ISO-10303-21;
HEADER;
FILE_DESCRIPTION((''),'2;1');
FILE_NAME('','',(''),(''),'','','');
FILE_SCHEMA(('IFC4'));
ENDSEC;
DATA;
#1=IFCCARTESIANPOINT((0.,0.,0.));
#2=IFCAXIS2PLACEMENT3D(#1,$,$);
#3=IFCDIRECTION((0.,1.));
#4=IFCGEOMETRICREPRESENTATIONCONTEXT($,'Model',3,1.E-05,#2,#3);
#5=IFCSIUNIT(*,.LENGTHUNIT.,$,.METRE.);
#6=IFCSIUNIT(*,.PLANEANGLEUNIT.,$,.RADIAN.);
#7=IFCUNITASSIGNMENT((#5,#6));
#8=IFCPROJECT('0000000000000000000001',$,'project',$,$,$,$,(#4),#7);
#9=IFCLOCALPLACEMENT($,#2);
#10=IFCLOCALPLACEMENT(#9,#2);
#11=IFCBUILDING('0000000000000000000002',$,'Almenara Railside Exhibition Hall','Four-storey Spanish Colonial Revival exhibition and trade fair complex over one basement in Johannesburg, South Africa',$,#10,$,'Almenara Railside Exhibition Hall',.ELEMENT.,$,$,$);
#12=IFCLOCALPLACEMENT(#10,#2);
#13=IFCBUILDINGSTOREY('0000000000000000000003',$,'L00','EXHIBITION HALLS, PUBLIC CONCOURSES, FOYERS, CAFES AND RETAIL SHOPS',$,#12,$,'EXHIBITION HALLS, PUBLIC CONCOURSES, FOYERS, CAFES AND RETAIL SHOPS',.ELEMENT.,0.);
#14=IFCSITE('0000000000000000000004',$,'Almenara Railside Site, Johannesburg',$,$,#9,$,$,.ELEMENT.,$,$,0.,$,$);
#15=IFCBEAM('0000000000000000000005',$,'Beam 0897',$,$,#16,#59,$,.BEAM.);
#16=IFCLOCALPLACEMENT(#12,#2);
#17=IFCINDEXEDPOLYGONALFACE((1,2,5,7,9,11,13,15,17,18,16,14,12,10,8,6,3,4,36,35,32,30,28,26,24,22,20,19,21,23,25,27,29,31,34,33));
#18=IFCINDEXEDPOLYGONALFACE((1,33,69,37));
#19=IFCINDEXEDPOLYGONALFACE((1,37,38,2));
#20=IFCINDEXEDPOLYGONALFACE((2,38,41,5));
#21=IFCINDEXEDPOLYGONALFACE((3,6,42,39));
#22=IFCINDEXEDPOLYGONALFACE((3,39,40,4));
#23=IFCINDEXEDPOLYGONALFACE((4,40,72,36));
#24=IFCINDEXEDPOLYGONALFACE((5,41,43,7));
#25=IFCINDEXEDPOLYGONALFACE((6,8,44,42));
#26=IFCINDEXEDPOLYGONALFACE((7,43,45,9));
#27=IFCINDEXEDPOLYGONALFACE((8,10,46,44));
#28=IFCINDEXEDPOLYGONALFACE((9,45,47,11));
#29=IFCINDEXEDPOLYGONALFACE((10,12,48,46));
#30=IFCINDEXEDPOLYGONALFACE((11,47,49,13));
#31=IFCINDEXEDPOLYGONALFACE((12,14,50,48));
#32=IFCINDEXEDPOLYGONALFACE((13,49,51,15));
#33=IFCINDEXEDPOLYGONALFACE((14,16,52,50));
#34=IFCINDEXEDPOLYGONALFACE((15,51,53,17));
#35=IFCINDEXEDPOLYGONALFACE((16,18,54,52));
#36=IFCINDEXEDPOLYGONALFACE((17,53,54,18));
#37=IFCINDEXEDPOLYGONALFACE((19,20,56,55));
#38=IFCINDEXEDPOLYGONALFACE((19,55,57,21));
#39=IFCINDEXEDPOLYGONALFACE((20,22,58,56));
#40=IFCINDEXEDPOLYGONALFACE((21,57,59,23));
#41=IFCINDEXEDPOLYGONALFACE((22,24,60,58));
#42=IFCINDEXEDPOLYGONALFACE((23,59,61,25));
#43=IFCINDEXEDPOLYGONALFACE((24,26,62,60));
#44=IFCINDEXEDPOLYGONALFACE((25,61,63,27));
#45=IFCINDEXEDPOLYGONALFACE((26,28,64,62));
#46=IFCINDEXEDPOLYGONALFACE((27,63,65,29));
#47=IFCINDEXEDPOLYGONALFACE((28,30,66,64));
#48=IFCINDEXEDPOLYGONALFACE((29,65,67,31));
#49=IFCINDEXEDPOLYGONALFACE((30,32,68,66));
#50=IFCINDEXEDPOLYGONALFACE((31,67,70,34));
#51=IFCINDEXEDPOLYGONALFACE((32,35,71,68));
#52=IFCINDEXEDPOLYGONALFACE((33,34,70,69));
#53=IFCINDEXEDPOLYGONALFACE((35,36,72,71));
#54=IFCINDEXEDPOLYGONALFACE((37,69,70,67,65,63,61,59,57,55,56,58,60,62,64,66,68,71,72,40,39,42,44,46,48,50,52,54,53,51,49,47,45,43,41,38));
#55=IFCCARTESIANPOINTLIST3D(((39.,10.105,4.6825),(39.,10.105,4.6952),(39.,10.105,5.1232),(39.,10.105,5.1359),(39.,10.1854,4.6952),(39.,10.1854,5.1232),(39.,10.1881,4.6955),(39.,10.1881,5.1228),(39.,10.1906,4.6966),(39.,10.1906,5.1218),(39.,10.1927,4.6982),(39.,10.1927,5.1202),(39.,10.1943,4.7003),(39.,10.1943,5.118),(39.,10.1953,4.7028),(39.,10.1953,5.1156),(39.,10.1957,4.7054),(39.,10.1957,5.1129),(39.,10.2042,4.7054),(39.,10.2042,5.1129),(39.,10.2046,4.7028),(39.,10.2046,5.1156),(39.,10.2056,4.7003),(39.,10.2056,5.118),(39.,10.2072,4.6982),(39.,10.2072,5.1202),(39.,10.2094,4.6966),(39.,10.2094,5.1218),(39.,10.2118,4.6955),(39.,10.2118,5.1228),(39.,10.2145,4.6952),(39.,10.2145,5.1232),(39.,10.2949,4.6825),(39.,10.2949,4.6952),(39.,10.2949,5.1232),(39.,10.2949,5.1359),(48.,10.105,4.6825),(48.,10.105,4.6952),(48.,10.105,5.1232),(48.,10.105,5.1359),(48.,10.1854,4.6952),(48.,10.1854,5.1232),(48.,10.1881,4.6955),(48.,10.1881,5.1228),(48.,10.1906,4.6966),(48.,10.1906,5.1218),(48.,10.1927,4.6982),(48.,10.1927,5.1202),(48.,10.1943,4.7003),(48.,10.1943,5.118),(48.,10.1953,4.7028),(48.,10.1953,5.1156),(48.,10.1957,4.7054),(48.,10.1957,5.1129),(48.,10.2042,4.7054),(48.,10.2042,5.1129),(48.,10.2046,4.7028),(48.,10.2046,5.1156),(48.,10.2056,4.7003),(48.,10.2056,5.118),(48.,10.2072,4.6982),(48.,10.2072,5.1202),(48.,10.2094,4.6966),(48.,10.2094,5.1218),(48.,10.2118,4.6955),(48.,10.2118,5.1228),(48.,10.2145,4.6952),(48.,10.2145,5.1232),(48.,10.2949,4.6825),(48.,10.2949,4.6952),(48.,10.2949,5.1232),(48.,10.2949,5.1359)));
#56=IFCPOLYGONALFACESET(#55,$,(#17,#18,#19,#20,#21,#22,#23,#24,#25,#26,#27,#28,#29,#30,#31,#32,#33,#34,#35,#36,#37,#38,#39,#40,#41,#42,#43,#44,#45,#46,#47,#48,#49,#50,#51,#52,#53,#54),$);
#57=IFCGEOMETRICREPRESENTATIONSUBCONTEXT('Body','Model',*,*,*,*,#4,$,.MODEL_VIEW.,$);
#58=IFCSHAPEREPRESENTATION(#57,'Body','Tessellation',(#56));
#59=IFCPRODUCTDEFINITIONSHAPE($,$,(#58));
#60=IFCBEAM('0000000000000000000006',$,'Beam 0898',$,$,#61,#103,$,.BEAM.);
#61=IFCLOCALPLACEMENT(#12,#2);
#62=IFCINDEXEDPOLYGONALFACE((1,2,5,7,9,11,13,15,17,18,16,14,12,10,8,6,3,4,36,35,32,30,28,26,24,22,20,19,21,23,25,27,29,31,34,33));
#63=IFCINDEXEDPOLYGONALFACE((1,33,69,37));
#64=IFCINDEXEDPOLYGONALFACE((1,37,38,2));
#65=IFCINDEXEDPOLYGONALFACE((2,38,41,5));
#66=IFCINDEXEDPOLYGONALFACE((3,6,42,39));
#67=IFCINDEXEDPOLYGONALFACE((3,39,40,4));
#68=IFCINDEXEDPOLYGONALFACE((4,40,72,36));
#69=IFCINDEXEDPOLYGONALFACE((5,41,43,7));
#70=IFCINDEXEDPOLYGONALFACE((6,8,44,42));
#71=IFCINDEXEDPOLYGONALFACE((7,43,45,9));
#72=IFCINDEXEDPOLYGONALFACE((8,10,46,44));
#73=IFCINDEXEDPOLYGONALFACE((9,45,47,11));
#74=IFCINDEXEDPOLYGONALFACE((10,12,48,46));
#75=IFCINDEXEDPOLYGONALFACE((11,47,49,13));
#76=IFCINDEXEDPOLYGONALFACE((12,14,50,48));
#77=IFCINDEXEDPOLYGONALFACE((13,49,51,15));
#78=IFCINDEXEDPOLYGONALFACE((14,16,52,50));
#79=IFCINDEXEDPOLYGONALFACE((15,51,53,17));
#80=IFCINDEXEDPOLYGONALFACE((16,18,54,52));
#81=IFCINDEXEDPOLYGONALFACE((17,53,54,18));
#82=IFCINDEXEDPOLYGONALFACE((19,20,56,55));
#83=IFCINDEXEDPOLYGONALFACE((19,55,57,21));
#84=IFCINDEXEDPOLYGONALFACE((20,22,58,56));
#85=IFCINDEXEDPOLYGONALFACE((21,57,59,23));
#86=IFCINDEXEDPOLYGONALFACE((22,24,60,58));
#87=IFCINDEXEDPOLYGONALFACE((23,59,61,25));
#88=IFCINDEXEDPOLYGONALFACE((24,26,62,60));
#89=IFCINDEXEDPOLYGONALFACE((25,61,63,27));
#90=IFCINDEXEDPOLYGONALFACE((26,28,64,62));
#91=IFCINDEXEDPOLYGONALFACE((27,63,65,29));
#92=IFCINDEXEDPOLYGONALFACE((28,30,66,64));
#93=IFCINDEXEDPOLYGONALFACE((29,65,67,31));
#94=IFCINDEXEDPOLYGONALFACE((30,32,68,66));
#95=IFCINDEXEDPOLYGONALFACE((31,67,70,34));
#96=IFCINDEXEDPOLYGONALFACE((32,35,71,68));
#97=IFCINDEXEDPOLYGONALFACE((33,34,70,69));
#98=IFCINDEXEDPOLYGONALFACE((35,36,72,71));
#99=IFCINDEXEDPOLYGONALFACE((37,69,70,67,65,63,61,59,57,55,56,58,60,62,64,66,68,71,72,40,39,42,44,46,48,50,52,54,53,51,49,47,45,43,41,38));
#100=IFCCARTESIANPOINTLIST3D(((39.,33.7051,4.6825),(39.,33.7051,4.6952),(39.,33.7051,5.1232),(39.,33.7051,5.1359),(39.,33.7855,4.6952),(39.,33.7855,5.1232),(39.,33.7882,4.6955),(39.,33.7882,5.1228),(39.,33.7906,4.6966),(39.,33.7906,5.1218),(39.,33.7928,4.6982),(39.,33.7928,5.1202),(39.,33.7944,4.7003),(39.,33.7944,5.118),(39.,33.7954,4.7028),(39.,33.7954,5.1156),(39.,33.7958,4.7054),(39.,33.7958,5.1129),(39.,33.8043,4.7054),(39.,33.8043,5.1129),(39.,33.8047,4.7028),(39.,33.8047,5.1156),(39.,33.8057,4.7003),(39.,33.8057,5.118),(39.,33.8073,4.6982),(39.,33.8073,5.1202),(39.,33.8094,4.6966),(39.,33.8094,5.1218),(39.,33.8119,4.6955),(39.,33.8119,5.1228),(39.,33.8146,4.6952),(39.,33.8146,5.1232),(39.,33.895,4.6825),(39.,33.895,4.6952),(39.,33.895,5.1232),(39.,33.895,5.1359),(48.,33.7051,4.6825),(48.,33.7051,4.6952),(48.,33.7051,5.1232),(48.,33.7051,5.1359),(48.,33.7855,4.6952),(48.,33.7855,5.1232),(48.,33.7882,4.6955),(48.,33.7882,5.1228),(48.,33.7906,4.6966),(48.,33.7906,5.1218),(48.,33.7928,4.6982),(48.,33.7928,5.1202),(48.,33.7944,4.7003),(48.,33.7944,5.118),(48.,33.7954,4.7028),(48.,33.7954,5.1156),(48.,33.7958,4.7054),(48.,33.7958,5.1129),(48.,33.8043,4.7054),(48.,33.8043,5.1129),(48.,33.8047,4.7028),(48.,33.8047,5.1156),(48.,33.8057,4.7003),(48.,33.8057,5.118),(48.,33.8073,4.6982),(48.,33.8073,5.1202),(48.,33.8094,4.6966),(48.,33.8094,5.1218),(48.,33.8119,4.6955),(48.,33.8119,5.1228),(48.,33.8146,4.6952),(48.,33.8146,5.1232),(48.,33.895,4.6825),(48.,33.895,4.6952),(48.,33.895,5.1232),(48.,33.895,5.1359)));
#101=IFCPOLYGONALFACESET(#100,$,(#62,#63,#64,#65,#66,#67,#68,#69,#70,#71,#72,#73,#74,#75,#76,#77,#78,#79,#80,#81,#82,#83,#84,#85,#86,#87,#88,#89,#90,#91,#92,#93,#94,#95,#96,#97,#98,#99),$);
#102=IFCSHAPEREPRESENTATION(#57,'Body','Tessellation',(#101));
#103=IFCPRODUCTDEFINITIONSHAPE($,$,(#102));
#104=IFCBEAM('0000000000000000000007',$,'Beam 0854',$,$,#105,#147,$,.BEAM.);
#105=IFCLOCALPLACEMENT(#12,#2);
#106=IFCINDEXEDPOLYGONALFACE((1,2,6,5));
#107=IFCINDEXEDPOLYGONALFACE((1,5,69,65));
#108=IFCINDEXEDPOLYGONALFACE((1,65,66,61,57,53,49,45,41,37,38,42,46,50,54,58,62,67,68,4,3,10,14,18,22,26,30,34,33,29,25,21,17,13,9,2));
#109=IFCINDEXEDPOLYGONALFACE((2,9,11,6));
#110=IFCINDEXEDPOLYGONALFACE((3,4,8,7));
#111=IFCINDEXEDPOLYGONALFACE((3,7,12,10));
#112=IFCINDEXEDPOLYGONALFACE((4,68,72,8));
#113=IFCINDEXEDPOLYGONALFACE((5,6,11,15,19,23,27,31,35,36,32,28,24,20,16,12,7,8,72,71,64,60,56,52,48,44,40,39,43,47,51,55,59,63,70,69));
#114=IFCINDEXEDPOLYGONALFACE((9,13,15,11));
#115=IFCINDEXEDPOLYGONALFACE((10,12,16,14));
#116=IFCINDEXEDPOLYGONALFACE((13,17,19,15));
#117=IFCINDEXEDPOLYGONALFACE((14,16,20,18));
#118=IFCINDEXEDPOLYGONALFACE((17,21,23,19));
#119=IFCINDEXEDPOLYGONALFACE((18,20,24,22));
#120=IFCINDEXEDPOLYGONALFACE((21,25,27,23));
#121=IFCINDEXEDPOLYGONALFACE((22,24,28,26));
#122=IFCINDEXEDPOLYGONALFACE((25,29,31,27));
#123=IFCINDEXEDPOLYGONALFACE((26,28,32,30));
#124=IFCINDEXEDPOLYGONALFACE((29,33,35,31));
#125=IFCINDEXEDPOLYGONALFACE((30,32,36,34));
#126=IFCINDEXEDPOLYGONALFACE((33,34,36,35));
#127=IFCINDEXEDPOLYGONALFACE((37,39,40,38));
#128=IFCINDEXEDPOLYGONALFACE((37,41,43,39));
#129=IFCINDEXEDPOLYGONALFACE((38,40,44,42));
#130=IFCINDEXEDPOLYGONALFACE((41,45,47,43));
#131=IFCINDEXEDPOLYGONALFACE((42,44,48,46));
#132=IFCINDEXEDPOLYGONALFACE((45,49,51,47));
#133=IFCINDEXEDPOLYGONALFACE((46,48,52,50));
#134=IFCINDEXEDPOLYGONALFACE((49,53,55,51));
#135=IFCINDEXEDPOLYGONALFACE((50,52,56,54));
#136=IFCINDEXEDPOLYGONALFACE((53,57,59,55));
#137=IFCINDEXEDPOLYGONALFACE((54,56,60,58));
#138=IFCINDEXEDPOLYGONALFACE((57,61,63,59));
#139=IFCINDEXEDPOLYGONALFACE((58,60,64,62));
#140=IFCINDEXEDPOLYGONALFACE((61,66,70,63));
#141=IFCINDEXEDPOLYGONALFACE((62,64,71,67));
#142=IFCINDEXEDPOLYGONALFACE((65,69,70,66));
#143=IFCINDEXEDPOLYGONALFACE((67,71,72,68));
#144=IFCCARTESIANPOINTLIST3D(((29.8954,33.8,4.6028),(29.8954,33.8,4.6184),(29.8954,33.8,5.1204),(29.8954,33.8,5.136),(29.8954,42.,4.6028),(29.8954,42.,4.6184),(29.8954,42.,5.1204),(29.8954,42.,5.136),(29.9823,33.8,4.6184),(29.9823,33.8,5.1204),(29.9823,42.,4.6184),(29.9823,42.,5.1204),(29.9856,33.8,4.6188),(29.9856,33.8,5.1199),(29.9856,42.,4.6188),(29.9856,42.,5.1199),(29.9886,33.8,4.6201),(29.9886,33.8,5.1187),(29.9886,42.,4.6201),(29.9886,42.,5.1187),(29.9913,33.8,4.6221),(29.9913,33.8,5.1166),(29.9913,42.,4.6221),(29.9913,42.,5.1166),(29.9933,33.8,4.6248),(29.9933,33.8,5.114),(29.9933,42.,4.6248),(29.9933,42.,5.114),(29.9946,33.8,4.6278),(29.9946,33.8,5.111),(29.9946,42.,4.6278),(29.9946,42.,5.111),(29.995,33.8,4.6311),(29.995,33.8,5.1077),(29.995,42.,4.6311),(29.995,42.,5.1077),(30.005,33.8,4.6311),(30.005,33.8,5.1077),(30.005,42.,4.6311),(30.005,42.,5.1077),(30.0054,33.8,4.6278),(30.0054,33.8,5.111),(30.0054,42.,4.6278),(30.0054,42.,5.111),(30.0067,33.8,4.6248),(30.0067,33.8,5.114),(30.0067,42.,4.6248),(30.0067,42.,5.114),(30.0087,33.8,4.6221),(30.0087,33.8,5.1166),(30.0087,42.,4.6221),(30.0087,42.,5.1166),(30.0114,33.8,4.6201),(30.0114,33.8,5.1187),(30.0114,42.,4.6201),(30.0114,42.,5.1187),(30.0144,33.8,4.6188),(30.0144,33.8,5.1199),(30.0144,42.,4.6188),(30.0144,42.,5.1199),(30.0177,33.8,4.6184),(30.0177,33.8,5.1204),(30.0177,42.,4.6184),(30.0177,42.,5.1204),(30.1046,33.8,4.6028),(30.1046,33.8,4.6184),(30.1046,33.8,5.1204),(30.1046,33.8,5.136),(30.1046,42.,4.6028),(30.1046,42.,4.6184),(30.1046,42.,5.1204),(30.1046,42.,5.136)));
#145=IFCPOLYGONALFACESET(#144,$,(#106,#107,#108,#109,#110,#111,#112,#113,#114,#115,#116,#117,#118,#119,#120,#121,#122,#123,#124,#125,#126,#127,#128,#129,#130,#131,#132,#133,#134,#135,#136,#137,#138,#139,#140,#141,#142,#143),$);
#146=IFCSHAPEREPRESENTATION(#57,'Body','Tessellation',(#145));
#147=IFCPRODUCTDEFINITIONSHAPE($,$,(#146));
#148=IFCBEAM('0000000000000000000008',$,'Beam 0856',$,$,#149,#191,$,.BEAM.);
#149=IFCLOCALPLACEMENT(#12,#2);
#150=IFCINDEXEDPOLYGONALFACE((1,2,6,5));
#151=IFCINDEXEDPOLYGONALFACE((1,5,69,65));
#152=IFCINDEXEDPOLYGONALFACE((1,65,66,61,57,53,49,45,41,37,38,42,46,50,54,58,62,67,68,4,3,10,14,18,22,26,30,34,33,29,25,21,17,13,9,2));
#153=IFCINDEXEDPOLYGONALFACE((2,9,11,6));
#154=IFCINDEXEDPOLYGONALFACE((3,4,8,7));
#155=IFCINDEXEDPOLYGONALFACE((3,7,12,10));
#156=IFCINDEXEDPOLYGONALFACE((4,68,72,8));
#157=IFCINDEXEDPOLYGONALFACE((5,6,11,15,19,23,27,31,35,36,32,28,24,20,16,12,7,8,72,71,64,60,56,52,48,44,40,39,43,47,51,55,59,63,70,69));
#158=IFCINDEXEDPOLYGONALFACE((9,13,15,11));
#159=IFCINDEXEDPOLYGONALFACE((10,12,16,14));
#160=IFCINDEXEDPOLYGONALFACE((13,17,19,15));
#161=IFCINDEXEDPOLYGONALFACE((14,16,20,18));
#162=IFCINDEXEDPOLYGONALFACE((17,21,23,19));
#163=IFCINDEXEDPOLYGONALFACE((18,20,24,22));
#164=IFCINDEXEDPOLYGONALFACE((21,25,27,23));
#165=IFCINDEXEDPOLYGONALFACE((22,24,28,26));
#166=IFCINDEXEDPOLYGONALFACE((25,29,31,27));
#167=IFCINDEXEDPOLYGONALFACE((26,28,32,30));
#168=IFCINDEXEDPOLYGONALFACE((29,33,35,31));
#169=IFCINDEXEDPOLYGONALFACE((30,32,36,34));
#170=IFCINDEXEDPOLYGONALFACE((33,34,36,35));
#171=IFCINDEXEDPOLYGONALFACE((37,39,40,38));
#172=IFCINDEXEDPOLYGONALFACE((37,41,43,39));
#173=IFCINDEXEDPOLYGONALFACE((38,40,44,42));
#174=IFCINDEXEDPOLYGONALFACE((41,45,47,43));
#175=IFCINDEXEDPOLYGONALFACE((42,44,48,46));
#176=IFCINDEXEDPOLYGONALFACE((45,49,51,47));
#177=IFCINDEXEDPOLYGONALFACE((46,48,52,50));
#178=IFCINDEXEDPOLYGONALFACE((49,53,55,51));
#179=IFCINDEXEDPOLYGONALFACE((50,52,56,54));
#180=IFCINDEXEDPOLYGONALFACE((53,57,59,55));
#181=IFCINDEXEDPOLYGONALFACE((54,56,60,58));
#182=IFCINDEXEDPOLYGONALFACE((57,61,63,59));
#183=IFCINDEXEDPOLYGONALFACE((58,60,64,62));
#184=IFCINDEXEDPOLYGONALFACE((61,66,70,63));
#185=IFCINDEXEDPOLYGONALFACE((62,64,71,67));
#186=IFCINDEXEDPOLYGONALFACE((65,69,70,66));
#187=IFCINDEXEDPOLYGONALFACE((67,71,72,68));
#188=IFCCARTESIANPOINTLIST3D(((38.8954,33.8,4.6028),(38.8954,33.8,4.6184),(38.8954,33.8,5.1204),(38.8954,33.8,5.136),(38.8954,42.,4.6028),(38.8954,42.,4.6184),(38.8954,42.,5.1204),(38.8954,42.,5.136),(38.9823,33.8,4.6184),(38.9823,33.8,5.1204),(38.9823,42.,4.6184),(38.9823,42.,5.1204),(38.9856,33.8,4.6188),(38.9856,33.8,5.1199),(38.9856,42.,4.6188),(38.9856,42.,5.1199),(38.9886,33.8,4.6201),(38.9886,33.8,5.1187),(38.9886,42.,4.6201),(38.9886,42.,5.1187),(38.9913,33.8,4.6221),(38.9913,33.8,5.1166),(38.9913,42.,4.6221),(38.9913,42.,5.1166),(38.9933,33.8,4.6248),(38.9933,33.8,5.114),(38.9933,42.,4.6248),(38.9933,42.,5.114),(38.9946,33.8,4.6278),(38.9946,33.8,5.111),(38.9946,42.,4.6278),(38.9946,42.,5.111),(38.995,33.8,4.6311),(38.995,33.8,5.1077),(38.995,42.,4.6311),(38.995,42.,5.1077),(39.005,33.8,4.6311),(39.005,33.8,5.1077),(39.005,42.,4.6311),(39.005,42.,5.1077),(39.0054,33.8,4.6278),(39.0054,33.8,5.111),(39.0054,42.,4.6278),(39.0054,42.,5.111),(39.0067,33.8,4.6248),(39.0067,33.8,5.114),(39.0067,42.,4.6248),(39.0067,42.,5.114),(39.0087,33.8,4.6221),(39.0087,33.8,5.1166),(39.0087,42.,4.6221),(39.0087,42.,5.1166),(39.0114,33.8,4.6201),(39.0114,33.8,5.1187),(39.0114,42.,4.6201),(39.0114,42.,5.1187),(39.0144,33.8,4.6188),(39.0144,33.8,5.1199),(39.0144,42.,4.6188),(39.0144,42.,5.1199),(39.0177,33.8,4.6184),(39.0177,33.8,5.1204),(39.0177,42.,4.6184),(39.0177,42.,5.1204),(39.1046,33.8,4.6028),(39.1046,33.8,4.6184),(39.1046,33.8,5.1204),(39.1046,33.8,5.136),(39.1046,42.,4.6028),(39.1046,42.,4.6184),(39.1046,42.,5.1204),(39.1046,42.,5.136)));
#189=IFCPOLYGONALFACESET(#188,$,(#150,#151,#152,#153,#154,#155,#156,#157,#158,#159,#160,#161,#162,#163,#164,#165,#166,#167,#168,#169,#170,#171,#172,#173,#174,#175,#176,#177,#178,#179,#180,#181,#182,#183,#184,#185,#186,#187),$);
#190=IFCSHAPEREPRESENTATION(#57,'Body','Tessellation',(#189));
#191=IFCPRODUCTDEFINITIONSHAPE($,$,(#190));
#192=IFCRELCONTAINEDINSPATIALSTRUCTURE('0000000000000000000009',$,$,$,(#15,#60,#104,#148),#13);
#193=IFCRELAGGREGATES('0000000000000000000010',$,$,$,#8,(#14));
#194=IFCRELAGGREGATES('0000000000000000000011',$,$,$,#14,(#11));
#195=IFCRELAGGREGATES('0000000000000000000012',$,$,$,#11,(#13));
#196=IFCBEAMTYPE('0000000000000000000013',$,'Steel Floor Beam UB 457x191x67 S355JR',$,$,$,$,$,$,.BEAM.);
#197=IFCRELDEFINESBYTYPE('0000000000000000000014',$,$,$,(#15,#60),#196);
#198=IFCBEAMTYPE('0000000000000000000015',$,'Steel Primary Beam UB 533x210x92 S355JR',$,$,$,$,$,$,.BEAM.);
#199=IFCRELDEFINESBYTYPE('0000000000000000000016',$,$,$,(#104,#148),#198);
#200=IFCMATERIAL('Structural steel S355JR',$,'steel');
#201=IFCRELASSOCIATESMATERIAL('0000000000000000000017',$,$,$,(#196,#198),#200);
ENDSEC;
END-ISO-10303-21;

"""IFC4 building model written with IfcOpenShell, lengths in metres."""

from ifc_helpers import new_model, si_unit, direction, frame, origin, origin_2d, place, context, subcontext, project, spatial, i_section, extrude, material, material_profile, profile_set, type_object, element, save


model = new_model("IFC4")

# Units and contexts
model_context = context("Model", 3, precision=1e-05, world=origin(), true_north=direction((0.0, 1.0)))
body_context = subcontext(model_context, "Body", "Model", "MODEL_VIEW")
ifc_project = project(units=[si_unit("LENGTHUNIT", "METRE"), si_unit("PLANEANGLEUNIT", "RADIAN")], contexts=[model_context])

# Site, building, storey
site_placement = place(None, origin())
site = spatial("IfcSite", under=ifc_project, at=site_placement, Name="Almenara Railside Site, Johannesburg", CompositionType="ELEMENT", RefElevation=0.0)
building_placement = place(site_placement, origin())
building = spatial("IfcBuilding", under=site, at=building_placement, Name="Almenara Railside Exhibition Hall", Description="Four-storey Spanish Colonial Revival exhibition and trade fair complex over one basement in Johannesburg, South Africa", LongName="Almenara Railside Exhibition Hall", CompositionType="ELEMENT")
storey_placement = place(building_placement, origin())
storey = spatial("IfcBuildingStorey", under=building, at=storey_placement, Name="L00", Description="EXHIBITION HALLS, PUBLIC CONCOURSES, FOYERS, CAFES AND RETAIL SHOPS", LongName="EXHIBITION HALLS, PUBLIC CONCOURSES, FOYERS, CAFES AND RETAIL SHOPS", CompositionType="ELEMENT", Elevation=0.0)

# Beams
ifc_material_1 = material(Name="Structural steel S355JR", Category="steel")
ifc_material_profile_1 = material_profile(ifc_material_1, i_section(OverallWidth=0.1899, OverallDepth=0.4534, WebThickness=0.0085, FlangeThickness=0.0127, FilletRadius=0.0103, at=origin_2d()), Name="UB 457x191x67")
ifc_profile_set_1 = profile_set([ifc_material_profile_1], Name="Structural steel S355JR")
beam_type_1 = type_object("IfcBeamType", Name="Steel Floor Beam UB 457x191x67 S355JR", PredefinedType="BEAM", material=ifc_profile_set_1)
for number, where, z_axis, x_axis, name in (
    (1, (39.0, 10.2, 4.9092), (1.0, 0.0, 0.0), (0.0, 1.0, 0.0), "Beam 0897"),
    (2, (39.0, 33.8, 4.9092), (1.0, 0.0, 0.0), (0.0, 1.0, 0.0), "Beam 0898"),
):
    element("IfcBeam", number, at=place(storey_placement, frame(where, z_axis=z_axis, x_axis=x_axis)), inside=storey, type_object=beam_type_1, Name=name, PredefinedType="BEAM", context=body_context, shape_type="SweptSolid", body=[
        extrude(i_section(OverallWidth=0.1899, OverallDepth=0.4534, WebThickness=0.0085, FlangeThickness=0.0127, FilletRadius=0.0103, at=origin_2d()), origin(), (0.0, 0.0, 1.0), 9.0),
    ])
ifc_material_profile_2 = material_profile(ifc_material_1, i_section(OverallWidth=0.2092, OverallDepth=0.5332, WebThickness=0.01, FlangeThickness=0.0156, FilletRadius=0.0127, at=origin_2d()), Name="UB 533x210x92")
ifc_profile_set_2 = profile_set([ifc_material_profile_2], Name="Structural steel S355JR")
beam_type_2 = type_object("IfcBeamType", Name="Steel Primary Beam UB 533x210x92 S355JR", PredefinedType="BEAM", material=ifc_profile_set_2)
for number, where, z_axis, x_axis, name in (
    (3, (30.0, 33.8, 4.8694), (0.0, 1.0, 0.0), (-1.0, 0.0, 0.0), "Beam 0854"),
    (4, (39.0, 33.8, 4.8694), (0.0, 1.0, 0.0), (-1.0, 0.0, 0.0), "Beam 0856"),
):
    element("IfcBeam", number, at=place(storey_placement, frame(where, z_axis=z_axis, x_axis=x_axis)), inside=storey, type_object=beam_type_2, Name=name, PredefinedType="BEAM", context=body_context, shape_type="SweptSolid", body=[
        extrude(i_section(OverallWidth=0.2092, OverallDepth=0.5332, WebThickness=0.01, FlangeThickness=0.0156, FilletRadius=0.0127, at=origin_2d()), origin(), (0.0, 0.0, 1.0), 8.2),
    ])

save(model, "model.ifc")
